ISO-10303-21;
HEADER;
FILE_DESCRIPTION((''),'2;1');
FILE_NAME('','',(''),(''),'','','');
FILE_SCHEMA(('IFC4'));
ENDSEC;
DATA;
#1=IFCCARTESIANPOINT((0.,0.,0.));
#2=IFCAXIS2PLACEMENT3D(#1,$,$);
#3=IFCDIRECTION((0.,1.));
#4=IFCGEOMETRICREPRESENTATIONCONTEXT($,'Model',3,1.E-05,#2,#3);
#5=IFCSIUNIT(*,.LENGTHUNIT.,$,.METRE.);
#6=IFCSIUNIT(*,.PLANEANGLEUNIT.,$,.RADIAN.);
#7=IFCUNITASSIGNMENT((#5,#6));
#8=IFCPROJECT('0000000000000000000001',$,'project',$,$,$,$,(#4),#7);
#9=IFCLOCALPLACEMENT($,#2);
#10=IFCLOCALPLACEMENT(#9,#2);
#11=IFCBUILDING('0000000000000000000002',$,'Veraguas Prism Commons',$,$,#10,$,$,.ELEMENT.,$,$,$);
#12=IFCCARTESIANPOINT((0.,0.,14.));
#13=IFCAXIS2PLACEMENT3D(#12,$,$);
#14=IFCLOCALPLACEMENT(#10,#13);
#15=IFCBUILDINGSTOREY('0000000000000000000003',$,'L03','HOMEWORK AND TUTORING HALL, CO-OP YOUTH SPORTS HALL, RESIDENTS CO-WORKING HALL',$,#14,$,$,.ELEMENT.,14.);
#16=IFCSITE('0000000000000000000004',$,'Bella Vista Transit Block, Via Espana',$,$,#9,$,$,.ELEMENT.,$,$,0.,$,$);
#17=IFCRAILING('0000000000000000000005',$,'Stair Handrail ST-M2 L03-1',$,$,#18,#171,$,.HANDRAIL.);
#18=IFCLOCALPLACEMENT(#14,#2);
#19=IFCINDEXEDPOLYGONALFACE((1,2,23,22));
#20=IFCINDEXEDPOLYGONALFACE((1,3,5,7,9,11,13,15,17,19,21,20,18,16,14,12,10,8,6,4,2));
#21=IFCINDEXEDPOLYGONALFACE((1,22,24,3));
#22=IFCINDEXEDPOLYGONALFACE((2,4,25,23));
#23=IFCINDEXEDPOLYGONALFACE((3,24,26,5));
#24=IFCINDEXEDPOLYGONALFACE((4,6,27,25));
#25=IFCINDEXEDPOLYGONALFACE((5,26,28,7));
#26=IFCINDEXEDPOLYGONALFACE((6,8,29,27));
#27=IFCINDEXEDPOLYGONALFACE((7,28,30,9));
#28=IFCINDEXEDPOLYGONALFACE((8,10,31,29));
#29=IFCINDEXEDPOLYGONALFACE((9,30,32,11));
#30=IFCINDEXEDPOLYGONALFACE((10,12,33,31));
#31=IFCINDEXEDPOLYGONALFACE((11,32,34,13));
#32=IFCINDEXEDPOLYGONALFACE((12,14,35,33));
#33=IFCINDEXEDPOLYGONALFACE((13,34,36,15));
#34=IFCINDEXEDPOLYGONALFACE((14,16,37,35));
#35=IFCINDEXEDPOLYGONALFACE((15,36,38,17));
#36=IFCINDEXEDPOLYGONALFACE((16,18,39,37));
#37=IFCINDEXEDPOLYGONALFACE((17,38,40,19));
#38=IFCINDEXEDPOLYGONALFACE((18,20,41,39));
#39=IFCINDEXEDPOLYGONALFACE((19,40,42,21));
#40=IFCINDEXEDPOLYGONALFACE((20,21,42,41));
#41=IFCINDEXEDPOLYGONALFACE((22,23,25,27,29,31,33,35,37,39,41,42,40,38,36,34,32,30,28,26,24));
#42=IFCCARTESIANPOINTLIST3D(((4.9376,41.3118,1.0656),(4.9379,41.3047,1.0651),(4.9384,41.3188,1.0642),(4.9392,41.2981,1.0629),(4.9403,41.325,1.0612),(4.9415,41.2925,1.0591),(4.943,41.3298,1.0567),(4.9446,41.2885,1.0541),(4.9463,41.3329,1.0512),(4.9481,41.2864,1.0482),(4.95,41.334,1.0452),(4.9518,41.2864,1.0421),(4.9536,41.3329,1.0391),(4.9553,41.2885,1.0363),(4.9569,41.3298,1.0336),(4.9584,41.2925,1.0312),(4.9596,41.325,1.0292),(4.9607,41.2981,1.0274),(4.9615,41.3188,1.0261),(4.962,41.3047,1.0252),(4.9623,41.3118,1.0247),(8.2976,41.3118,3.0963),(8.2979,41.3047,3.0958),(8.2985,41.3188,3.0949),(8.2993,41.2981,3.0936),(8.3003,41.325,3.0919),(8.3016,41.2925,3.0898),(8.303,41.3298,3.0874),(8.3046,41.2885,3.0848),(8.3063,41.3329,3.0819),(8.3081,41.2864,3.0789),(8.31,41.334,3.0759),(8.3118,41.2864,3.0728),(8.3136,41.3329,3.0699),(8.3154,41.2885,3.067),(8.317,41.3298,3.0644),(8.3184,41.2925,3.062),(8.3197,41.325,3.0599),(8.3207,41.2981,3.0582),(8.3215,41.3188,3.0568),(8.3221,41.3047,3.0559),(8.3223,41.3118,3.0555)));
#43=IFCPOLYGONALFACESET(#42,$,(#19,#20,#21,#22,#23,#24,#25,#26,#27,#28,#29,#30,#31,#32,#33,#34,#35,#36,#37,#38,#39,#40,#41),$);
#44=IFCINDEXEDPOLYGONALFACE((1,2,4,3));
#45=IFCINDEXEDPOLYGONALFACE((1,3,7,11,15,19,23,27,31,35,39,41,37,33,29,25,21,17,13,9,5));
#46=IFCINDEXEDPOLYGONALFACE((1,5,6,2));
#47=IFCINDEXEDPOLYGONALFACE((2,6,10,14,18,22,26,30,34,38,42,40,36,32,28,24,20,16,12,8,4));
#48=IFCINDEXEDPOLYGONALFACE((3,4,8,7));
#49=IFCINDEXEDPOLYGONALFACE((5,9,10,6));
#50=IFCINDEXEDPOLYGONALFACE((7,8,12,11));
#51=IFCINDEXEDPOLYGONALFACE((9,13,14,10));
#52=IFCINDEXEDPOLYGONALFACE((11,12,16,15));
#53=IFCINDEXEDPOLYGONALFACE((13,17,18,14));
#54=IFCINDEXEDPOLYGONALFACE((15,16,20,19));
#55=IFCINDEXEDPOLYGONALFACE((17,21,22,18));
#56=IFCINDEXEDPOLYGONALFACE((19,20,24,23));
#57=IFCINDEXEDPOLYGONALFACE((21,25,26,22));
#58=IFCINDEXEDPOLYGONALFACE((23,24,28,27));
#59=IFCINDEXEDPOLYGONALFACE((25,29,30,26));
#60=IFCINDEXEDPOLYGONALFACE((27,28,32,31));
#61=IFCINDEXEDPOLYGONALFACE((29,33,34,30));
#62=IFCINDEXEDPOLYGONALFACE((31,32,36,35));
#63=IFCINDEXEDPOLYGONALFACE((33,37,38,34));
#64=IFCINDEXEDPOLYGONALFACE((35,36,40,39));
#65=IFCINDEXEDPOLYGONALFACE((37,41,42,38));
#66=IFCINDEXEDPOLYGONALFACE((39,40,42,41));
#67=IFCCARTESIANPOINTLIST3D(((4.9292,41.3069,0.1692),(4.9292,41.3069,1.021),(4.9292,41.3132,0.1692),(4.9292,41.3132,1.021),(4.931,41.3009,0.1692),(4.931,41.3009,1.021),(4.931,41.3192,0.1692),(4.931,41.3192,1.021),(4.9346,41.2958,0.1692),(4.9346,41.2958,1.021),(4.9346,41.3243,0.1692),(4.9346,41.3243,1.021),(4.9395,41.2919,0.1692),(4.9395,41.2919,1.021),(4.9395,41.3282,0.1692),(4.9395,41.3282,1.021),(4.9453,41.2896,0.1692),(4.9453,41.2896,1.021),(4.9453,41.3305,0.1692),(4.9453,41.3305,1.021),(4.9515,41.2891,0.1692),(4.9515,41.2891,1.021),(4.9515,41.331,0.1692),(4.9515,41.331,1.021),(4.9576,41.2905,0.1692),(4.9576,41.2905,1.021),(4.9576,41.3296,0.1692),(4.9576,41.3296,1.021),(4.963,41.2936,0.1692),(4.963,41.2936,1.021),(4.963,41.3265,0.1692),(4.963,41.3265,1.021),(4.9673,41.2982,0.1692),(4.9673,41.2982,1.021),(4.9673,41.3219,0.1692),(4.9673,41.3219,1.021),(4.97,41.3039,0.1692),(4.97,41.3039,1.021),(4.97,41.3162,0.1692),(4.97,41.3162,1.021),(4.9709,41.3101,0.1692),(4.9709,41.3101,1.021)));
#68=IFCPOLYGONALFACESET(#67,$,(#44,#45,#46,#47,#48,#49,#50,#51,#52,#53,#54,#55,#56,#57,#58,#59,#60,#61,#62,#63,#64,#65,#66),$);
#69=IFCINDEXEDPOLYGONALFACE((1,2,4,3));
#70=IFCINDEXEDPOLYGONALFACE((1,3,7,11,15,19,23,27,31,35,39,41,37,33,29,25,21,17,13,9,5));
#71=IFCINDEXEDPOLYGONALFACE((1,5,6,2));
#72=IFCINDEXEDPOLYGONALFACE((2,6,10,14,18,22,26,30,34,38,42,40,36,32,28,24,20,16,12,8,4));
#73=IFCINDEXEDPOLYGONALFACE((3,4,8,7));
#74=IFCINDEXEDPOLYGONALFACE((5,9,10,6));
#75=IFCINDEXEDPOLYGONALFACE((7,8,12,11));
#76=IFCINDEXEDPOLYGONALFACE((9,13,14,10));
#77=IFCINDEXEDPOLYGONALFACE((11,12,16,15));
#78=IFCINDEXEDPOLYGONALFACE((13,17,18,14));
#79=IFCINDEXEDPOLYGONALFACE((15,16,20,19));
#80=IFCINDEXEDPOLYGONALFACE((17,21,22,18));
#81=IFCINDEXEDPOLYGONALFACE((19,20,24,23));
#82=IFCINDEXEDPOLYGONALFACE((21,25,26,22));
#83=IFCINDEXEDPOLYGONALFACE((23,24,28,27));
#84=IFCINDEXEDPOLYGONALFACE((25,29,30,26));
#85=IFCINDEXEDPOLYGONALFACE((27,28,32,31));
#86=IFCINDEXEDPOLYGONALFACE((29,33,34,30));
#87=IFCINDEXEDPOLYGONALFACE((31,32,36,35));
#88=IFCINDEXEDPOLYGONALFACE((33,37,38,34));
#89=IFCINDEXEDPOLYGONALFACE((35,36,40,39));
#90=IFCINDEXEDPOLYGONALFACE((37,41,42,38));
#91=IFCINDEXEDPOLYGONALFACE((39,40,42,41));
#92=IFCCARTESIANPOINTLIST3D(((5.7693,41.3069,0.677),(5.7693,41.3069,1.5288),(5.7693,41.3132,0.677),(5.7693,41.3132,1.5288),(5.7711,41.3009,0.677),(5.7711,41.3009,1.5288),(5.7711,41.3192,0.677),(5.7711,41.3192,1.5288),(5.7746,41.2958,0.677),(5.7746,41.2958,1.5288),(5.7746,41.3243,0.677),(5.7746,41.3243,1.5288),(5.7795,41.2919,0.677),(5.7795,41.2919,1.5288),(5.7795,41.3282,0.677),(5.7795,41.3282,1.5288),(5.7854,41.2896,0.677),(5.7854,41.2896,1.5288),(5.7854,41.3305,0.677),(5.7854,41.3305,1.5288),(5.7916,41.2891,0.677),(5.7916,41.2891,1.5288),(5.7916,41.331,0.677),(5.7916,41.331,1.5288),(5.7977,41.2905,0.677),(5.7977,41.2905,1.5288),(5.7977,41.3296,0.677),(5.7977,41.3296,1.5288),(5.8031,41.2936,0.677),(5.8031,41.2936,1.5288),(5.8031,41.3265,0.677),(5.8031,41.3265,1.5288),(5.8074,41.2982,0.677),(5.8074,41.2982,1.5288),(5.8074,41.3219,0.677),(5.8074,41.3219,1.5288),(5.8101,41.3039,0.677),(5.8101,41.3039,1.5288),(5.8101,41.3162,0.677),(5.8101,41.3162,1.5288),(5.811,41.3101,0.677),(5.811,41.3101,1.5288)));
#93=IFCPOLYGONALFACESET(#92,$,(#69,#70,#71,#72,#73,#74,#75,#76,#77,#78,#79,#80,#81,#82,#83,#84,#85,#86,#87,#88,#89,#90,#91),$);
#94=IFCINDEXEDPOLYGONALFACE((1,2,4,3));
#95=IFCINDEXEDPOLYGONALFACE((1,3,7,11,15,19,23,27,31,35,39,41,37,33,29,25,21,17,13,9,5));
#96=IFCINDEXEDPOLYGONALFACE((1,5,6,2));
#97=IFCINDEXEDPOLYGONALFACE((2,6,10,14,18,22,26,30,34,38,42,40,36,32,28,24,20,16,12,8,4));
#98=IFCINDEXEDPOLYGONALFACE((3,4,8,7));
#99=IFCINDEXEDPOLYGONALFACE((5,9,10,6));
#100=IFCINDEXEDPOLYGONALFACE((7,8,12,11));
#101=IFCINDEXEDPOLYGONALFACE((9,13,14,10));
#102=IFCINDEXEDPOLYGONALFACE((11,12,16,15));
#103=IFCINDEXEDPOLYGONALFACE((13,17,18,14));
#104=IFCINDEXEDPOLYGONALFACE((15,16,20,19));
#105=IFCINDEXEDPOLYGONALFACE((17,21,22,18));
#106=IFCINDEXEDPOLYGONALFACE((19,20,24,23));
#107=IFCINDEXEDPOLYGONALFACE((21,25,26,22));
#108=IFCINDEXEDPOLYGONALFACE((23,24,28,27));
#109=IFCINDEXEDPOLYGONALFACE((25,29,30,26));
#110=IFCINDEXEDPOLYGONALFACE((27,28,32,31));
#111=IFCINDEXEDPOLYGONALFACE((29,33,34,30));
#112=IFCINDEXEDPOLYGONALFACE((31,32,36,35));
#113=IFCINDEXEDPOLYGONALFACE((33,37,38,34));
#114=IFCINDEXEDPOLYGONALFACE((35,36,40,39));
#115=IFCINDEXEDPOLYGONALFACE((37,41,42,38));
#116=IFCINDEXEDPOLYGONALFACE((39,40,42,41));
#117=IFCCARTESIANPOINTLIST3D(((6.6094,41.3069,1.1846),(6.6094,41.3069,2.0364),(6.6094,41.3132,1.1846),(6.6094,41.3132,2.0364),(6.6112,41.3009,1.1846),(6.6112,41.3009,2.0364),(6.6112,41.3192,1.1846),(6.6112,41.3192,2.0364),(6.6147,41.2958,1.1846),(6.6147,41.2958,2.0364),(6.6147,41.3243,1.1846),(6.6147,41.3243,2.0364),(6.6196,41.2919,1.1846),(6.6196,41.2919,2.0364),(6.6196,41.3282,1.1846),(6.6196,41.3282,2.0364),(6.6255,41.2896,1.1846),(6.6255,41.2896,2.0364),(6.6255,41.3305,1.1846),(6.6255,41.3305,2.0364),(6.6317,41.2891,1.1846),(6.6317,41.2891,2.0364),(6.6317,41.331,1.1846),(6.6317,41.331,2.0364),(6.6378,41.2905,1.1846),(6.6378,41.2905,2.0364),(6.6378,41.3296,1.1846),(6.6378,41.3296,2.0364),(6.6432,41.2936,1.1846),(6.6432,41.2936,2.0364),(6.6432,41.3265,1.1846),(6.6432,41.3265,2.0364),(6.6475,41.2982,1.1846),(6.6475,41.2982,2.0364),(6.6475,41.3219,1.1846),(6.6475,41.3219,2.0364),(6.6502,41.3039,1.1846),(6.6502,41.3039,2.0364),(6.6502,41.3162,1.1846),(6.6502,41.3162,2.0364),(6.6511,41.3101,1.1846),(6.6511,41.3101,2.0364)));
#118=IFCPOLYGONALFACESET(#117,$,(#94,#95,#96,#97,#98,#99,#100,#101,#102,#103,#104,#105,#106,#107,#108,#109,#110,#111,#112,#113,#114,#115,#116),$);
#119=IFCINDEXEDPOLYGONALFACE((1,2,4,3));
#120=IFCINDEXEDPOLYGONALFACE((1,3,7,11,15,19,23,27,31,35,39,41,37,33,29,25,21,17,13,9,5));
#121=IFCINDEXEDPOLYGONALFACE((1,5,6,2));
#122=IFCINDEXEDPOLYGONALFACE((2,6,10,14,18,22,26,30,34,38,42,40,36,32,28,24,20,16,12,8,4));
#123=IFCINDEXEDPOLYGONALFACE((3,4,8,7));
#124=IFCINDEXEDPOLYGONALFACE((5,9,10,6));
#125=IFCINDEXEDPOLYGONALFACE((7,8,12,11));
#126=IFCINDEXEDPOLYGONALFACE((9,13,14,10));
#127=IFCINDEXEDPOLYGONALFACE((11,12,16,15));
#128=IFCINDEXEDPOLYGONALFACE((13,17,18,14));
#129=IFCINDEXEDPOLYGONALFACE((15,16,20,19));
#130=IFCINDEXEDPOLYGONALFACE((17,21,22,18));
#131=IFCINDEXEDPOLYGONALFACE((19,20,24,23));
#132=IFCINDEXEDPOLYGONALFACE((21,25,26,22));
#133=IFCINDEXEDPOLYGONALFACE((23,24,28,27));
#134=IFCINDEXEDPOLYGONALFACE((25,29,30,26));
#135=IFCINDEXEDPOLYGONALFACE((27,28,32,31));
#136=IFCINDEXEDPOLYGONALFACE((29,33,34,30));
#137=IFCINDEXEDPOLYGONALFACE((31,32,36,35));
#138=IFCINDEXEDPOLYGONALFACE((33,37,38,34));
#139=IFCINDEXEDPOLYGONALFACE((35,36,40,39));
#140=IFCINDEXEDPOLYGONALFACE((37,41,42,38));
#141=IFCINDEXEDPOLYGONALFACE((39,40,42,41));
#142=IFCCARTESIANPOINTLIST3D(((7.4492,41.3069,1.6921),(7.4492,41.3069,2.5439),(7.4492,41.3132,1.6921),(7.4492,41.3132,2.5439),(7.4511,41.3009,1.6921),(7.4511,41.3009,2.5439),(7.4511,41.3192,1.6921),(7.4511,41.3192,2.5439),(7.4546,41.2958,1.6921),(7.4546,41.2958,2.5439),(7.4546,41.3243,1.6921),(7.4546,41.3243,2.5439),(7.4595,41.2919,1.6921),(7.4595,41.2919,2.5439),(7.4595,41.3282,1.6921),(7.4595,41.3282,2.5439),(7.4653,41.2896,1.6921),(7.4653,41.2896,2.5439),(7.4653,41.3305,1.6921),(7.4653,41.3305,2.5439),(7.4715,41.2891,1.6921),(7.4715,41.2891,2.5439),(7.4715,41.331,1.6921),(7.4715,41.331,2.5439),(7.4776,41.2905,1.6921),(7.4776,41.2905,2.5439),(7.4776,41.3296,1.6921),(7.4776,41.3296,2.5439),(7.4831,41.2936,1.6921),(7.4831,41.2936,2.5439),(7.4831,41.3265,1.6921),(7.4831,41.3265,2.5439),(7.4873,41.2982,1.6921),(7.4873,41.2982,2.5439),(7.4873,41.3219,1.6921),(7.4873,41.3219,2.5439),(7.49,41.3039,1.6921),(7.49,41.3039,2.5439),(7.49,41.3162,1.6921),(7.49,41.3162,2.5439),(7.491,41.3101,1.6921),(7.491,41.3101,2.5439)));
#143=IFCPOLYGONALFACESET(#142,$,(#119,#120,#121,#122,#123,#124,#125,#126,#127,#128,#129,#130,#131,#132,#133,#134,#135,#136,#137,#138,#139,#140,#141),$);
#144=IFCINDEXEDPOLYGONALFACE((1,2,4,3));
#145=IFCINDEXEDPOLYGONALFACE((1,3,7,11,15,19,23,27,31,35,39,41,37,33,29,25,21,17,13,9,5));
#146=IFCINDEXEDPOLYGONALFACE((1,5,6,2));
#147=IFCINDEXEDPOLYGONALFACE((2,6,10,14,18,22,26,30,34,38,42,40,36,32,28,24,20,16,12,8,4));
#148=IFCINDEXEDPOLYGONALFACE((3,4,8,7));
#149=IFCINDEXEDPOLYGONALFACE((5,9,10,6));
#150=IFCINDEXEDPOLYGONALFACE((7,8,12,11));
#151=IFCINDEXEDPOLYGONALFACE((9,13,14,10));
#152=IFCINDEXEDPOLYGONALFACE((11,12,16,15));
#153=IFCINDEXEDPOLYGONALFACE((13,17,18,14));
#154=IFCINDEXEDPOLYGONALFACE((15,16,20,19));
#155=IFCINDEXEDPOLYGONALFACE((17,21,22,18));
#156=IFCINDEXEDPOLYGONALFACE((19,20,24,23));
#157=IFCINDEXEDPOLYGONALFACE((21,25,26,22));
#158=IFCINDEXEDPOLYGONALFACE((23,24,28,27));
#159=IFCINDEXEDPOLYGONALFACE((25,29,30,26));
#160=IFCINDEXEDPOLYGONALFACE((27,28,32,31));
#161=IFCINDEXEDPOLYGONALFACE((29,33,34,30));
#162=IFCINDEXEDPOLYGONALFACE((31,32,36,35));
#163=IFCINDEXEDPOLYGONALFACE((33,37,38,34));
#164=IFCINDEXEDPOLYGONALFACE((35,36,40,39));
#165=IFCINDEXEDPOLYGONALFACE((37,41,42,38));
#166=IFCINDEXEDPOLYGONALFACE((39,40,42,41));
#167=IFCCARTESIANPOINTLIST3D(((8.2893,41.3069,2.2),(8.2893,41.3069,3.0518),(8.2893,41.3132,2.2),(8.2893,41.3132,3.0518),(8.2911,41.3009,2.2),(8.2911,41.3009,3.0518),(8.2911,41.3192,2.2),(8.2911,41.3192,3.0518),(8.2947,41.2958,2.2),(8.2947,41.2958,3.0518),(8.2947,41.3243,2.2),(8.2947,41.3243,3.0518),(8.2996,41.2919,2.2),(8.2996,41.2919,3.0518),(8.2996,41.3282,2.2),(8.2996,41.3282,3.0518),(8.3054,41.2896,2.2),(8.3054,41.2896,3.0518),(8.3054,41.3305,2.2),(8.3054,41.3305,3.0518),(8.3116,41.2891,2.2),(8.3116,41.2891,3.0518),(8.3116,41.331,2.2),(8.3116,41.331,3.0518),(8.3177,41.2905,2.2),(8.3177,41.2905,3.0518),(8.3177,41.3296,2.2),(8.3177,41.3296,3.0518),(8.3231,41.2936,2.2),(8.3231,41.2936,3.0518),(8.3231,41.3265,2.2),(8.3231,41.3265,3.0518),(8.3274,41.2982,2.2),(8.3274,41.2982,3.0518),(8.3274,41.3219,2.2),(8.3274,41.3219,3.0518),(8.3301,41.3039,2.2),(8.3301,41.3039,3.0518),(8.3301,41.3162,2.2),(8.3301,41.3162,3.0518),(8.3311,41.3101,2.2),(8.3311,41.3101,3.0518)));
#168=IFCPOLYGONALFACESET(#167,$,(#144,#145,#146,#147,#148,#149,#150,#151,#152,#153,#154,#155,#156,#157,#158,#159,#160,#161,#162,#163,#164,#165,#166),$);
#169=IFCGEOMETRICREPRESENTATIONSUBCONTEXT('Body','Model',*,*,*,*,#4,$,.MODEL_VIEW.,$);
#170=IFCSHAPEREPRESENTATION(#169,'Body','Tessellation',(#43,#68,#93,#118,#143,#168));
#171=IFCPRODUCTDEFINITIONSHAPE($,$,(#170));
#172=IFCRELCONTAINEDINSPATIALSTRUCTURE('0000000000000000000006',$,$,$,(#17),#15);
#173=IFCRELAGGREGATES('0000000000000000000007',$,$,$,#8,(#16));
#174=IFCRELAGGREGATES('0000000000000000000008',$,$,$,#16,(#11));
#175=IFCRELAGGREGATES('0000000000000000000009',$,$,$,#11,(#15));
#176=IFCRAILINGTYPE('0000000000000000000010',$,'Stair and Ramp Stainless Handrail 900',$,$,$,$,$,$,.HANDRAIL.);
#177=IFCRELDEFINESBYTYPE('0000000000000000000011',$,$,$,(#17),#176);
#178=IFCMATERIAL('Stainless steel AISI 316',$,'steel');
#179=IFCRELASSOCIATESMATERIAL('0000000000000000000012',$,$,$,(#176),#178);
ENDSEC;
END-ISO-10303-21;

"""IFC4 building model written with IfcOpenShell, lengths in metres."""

from ifc_helpers import new_model, si_unit, direction, frame, origin, origin_2d, place, context, subcontext, project, spatial, circle, extrude, material, type_object, element, save


model = new_model("IFC4")

# Units and contexts
model_context = context("Model", 3, precision=1e-05, world=origin(), true_north=direction((0.0, 1.0)))
body_context = subcontext(model_context, "Body", "Model", "MODEL_VIEW")
ifc_project = project(units=[si_unit("LENGTHUNIT", "METRE"), si_unit("PLANEANGLEUNIT", "RADIAN")], contexts=[model_context])

# Site, building, storey
site_placement = place(None, origin())
site = spatial("IfcSite", under=ifc_project, at=site_placement, Name="Bella Vista Transit Block, Via Espana", CompositionType="ELEMENT", RefElevation=0.0)
building_placement = place(site_placement, origin())
building = spatial("IfcBuilding", under=site, at=building_placement, Name="Veraguas Prism Commons", CompositionType="ELEMENT")
storey_placement = place(building_placement, frame((0.0, 0.0, 14.0)))
storey = spatial("IfcBuildingStorey", under=building, at=storey_placement, Name="L03", Description="HOMEWORK AND TUTORING HALL, CO-OP YOUTH SPORTS HALL, RESIDENTS CO-WORKING HALL", CompositionType="ELEMENT", Elevation=14.0)

# Railing
ifc_material_1 = material(Name="Stainless steel AISI 316", Category="steel")
railing_type_1 = type_object("IfcRailingType", Name="Stair and Ramp Stainless Handrail 900", PredefinedType="HANDRAIL", material=ifc_material_1)
railing_1_placement = place(storey_placement, frame((4.95, 41.3101, 0.1692)))
element("IfcRailing", 1, at=railing_1_placement, inside=storey, type_object=railing_type_1, Name="Stair Handrail ST-M2 L03-1", PredefinedType="HANDRAIL", context=body_context, shape_type="SweptSolid", body=[
    extrude(circle(Radius=0.0239, at=origin_2d()), frame((0.0, 0.0, 0.876), z_axis=(0.855837, 0.0, 0.517246), x_axis=(0.0, 1.0, 0.0)), (0.0, 0.0, 1.0), 3.926),
    extrude(circle(Radius=0.021, at=origin_2d()), origin(), (0.0, 0.0, 1.0), 0.8518),
    extrude(circle(Radius=0.021, at=origin_2d()), frame((0.8401, 0.0, 0.5078)), (0.0, 0.0, 1.0), 0.8518),
    extrude(circle(Radius=0.021, at=origin_2d()), frame((1.6802, 0.0, 1.0154)), (0.0, 0.0, 1.0), 0.8518),
    extrude(circle(Radius=0.021, at=origin_2d()), frame((2.52, 0.0, 1.5229)), (0.0, 0.0, 1.0), 0.8518),
    extrude(circle(Radius=0.021, at=origin_2d()), frame((3.3601, 0.0, 2.0308)), (0.0, 0.0, 1.0), 0.8518),
])

save(model, "model.ifc")
